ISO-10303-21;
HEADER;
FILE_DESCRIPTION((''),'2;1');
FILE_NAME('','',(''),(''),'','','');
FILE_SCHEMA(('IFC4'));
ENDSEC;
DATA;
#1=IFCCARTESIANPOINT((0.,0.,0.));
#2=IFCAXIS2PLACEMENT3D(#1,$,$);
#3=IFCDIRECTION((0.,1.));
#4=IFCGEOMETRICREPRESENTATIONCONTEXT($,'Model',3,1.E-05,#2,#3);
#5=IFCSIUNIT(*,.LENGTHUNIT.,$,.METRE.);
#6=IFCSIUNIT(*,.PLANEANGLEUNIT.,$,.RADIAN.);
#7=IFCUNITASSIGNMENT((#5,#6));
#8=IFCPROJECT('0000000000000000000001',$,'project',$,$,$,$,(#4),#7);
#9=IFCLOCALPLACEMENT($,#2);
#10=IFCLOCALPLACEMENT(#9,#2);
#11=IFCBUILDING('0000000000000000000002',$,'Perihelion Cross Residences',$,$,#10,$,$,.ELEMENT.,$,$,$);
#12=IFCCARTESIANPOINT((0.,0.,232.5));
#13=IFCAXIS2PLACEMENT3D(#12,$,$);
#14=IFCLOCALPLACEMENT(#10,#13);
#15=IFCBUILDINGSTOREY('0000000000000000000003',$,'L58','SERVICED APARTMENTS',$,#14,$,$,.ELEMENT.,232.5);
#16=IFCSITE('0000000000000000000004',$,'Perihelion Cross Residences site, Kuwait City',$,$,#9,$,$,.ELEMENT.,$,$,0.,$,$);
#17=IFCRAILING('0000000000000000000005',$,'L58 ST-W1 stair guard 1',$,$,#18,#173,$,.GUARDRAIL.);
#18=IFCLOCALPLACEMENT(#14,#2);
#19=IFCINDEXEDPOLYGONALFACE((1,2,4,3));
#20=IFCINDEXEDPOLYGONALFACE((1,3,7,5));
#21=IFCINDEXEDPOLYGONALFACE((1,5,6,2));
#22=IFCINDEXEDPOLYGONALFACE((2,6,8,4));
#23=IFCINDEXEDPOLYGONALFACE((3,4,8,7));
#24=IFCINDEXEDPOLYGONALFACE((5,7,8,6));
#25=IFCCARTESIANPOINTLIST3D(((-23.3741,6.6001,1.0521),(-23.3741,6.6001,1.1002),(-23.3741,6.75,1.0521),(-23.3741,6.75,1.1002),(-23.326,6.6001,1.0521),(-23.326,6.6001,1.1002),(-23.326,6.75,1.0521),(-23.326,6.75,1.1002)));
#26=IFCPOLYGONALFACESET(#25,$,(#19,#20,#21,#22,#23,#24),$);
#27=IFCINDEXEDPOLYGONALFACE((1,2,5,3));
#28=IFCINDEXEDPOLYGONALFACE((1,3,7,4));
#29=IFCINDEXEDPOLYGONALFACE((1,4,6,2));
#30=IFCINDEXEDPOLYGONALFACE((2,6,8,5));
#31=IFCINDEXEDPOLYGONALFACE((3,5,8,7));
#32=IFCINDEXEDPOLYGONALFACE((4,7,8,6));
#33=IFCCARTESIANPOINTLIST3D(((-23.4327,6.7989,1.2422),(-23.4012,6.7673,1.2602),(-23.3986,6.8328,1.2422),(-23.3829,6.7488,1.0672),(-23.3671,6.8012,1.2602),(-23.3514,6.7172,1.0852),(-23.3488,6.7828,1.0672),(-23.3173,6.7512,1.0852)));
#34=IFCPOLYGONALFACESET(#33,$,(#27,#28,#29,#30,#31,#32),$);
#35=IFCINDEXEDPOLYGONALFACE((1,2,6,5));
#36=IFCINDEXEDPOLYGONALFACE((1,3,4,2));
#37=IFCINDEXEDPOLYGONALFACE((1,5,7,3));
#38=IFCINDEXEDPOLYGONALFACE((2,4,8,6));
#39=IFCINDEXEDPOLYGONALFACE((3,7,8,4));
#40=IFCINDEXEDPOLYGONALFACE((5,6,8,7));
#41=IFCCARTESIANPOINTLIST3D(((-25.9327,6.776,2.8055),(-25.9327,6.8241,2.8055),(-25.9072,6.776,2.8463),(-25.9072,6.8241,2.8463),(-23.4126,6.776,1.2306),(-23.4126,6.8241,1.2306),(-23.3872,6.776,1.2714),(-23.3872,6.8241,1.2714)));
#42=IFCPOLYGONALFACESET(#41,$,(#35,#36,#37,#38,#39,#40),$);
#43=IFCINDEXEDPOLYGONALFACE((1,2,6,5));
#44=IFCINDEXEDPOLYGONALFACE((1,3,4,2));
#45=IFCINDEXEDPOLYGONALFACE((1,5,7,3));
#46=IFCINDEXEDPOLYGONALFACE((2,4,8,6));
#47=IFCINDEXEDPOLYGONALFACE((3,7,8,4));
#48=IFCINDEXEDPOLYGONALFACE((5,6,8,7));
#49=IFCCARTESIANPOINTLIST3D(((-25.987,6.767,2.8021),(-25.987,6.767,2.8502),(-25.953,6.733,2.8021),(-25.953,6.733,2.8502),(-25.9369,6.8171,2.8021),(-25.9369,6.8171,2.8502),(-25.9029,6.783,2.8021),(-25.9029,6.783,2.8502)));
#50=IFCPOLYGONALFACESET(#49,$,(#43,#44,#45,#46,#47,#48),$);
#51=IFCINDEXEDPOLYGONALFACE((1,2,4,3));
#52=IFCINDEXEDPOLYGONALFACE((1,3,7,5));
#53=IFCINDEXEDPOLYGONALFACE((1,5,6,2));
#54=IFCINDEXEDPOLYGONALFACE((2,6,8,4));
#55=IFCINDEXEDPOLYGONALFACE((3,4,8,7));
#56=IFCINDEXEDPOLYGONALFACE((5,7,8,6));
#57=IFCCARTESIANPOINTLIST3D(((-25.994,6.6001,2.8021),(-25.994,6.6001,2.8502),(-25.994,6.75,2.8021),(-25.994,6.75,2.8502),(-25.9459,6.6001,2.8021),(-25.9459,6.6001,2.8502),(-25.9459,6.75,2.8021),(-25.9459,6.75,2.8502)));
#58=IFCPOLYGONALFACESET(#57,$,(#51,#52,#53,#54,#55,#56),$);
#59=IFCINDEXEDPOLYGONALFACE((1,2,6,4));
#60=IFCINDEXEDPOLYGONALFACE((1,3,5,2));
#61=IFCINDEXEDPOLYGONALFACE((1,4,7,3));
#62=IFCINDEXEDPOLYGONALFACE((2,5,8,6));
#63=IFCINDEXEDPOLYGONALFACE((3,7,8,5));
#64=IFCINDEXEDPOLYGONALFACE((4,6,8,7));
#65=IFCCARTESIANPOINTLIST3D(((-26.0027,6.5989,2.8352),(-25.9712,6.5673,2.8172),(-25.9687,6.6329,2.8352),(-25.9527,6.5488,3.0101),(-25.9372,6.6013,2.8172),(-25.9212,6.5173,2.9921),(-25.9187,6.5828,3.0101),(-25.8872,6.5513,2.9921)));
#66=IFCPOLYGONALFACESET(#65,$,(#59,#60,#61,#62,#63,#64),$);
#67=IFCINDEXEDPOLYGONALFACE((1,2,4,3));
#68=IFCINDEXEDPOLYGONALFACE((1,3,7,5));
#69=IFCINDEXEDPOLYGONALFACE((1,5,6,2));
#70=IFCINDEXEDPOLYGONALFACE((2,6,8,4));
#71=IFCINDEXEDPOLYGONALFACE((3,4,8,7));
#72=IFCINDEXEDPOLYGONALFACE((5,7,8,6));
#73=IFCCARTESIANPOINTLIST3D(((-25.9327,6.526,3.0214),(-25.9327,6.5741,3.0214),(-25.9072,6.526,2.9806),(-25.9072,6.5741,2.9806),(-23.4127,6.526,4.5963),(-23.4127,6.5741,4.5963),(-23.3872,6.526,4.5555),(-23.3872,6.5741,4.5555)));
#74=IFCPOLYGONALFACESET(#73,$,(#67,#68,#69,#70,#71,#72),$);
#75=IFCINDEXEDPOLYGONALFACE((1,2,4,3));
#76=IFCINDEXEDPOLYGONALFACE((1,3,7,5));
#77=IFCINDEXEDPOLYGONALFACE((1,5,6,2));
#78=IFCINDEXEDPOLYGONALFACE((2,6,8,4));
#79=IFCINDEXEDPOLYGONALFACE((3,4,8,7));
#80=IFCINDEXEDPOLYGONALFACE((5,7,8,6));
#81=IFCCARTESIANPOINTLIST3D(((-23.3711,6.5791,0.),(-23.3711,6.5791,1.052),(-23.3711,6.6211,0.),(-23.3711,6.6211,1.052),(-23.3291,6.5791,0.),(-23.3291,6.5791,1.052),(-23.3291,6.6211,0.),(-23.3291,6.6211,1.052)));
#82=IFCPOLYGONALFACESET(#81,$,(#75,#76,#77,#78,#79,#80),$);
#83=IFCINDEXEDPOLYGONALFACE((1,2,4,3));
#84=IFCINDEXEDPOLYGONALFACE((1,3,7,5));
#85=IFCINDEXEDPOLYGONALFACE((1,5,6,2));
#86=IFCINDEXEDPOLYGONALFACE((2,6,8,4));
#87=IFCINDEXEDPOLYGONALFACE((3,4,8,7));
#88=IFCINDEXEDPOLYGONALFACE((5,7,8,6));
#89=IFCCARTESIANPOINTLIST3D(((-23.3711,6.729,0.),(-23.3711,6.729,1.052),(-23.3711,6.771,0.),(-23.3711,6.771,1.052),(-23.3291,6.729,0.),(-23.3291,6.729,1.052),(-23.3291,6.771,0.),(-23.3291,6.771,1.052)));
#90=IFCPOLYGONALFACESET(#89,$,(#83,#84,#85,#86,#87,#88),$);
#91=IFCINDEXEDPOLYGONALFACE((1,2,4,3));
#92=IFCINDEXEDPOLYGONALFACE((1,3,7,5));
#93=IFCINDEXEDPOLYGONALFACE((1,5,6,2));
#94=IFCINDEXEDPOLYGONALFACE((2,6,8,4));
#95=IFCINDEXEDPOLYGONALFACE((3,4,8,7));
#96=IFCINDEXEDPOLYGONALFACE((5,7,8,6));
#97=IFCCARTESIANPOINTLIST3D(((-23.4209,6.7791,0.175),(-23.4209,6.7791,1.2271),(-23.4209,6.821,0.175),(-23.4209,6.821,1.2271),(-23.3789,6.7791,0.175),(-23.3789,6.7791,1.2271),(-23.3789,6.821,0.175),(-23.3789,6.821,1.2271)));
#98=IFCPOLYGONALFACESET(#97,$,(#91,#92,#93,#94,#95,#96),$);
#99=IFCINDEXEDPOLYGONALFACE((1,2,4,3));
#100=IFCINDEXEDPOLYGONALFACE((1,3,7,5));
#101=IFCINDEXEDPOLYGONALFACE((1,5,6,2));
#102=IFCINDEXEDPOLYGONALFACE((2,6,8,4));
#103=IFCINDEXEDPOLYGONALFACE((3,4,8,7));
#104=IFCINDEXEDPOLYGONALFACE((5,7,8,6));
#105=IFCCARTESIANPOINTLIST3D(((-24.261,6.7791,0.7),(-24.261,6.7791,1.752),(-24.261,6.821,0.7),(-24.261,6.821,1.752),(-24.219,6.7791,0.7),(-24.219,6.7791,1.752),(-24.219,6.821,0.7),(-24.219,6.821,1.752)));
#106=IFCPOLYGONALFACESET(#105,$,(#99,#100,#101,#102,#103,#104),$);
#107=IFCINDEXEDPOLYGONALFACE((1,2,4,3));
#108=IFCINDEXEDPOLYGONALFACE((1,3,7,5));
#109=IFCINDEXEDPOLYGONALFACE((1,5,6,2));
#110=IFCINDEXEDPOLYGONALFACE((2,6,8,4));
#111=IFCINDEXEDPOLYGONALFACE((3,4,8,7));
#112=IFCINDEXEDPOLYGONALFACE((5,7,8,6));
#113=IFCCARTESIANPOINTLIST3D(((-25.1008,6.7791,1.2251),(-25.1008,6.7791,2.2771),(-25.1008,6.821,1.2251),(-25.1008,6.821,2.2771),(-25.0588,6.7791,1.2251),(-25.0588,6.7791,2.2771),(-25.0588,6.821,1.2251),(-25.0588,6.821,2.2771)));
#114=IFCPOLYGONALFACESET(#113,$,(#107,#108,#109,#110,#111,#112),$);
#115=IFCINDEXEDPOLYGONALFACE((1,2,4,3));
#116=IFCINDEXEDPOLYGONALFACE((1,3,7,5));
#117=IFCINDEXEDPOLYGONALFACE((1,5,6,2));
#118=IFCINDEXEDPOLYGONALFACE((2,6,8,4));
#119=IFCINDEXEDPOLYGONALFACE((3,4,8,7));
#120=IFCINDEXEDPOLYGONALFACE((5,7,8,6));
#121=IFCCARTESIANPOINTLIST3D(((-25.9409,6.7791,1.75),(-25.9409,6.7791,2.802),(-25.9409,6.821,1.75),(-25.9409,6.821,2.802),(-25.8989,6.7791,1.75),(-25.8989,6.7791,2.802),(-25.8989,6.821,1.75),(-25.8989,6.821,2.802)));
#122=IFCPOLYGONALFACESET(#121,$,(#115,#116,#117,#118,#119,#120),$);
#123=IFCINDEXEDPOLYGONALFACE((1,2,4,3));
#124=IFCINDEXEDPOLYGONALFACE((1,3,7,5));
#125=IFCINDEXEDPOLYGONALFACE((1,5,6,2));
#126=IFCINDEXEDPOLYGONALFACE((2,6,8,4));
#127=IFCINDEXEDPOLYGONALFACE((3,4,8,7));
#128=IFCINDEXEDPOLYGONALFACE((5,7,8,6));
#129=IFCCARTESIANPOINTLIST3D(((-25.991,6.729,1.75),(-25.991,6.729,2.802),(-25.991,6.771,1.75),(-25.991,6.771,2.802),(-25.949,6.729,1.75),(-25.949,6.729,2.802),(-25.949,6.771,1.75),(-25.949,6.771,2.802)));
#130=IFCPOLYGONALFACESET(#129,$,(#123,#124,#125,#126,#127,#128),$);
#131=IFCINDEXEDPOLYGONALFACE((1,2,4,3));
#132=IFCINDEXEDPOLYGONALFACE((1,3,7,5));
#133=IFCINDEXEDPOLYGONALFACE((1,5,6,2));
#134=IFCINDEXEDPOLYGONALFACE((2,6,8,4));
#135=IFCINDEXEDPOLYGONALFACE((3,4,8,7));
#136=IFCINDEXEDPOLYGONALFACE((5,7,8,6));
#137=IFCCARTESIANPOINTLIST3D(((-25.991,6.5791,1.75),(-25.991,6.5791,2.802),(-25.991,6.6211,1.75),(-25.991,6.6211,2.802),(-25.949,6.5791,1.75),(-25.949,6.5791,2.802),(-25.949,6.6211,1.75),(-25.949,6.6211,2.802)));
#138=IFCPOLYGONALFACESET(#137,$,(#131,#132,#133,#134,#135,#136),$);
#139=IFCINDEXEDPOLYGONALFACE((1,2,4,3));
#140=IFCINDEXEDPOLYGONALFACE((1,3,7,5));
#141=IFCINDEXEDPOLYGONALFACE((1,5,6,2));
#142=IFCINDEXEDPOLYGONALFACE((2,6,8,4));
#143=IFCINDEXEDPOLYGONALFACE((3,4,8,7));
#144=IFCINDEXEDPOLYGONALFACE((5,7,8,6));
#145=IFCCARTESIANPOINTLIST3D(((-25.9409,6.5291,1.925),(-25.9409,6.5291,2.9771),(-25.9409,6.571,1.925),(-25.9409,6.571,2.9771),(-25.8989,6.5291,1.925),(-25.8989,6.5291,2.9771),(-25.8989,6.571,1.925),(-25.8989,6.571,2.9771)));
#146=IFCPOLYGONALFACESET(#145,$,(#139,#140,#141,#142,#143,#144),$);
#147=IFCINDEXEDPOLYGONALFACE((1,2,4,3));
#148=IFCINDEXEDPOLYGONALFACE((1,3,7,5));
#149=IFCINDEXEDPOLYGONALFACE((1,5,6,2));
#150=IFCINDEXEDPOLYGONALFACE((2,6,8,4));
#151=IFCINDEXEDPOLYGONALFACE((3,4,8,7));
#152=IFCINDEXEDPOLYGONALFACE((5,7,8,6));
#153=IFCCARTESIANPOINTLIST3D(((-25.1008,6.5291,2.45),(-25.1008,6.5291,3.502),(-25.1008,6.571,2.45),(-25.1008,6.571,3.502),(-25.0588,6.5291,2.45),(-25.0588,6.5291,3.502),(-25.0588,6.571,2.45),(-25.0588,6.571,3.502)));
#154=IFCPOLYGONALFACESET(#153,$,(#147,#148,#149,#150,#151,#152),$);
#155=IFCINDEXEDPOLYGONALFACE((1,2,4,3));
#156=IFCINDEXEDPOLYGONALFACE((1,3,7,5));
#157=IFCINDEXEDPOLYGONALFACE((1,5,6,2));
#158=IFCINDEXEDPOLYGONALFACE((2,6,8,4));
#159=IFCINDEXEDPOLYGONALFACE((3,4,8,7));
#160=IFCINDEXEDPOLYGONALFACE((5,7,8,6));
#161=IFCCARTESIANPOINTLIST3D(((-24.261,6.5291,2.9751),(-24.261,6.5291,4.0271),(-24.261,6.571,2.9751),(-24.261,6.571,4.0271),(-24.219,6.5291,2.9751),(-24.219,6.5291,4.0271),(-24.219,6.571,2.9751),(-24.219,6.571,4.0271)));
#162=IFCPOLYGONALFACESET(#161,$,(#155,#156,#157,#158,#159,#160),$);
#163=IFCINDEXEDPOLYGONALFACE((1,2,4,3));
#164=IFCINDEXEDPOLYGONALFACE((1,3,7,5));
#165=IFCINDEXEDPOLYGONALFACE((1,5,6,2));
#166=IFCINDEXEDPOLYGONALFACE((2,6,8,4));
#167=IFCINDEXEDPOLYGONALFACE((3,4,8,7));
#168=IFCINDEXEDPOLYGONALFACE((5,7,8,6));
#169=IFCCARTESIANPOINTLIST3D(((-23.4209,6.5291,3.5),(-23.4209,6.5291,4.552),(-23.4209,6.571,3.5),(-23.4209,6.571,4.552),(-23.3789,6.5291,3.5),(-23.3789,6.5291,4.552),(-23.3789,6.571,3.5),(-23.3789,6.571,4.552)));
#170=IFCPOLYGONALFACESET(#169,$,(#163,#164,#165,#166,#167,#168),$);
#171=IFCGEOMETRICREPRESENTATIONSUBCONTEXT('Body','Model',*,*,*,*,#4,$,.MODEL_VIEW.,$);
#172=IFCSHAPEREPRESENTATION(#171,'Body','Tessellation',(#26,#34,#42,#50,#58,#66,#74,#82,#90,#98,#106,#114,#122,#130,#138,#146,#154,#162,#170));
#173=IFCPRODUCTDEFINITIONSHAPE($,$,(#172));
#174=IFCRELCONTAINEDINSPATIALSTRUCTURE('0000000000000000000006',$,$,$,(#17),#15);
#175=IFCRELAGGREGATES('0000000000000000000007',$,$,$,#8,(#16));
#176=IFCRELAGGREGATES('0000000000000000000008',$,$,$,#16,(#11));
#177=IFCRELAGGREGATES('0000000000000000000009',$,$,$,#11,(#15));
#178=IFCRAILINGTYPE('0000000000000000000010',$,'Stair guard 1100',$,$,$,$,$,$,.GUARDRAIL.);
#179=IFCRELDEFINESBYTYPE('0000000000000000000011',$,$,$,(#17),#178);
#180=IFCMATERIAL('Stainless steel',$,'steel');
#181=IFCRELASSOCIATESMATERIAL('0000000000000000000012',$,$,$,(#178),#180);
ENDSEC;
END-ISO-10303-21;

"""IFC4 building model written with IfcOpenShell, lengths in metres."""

from ifc_helpers import new_model, si_unit, direction, frame, origin, origin_2d, place, context, subcontext, project, spatial, rectangle, extrude, material, type_object, element, save


model = new_model("IFC4")

# Units and contexts
model_context = context("Model", 3, precision=1e-05, world=origin(), true_north=direction((0.0, 1.0)))
body_context = subcontext(model_context, "Body", "Model", "MODEL_VIEW")
ifc_project = project(units=[si_unit("LENGTHUNIT", "METRE"), si_unit("PLANEANGLEUNIT", "RADIAN")], contexts=[model_context])

# Site, building, storey
site_placement = place(None, origin())
site = spatial("IfcSite", under=ifc_project, at=site_placement, Name="Perihelion Cross Residences site, Kuwait City", CompositionType="ELEMENT", RefElevation=0.0)
building_placement = place(site_placement, origin())
building = spatial("IfcBuilding", under=site, at=building_placement, Name="Perihelion Cross Residences", CompositionType="ELEMENT")
storey_placement = place(building_placement, frame((0.0, 0.0, 232.5)))
storey = spatial("IfcBuildingStorey", under=building, at=storey_placement, Name="L58", Description="SERVICED APARTMENTS", CompositionType="ELEMENT", Elevation=232.5)

# Railing
ifc_material_1 = material(Name="Stainless steel", Category="steel")
railing_type_1 = type_object("IfcRailingType", Name="Stair guard 1100", PredefinedType="GUARDRAIL", material=ifc_material_1)
railing_1_placement = place(storey_placement, frame((-23.3501, 6.6001, 0.0)))
element("IfcRailing", 1, at=railing_1_placement, inside=storey, type_object=railing_type_1, Name="L58 ST-W1 stair guard 1", PredefinedType="GUARDRAIL", context=body_context, shape_type="SweptSolid", body=[
    extrude(rectangle(XDim=0.0481, YDim=0.0481, at=origin_2d()), frame((0.0, 0.0, 1.0762), z_axis=(0.0, 1.0, 0.0), x_axis=(-1.0, 0.0, 0.0)), (0.0, 0.0, 1.0), 0.1499),
    extrude(rectangle(XDim=0.0481, YDim=0.0481, at=origin_2d()), frame((0.0, 0.1499, 1.0762), z_axis=(-0.263862, 0.265156, 0.927399), x_axis=(-0.708834, -0.705376, 0.0)), (0.0, 0.0, 1.0), 0.1887),
    extrude(rectangle(XDim=0.0481, YDim=0.0481, at=origin_2d()), frame((-0.0498, 0.2, 1.251), z_axis=(-0.848008, 0.0, 0.529984), x_axis=(0.0, -1.0, 0.0)), (0.0, 0.0, 1.0), 2.9717),
    extrude(rectangle(XDim=0.0481, YDim=0.0481, at=origin_2d()), frame((-2.5698, 0.2, 2.8262), z_axis=(-0.707107, -0.707107, 0.0), x_axis=(0.707107, -0.707107, 0.0)), (0.0, 0.0, 1.0), 0.0708),
    extrude(rectangle(XDim=0.0481, YDim=0.0481, at=origin_2d()), frame((-2.6199, 0.1499, 2.8262), z_axis=(0.0, -1.0, 0.0), x_axis=(1.0, 0.0, 0.0)), (0.0, 0.0, 1.0), 0.1499),
    extrude(rectangle(XDim=0.0481, YDim=0.0481, at=origin_2d()), frame((-2.6199, 0.0, 2.8262), z_axis=(0.265065, -0.265065, 0.927082), x_axis=(0.707107, 0.707107, 0.0)), (0.0, 0.0, 1.0), 0.1887),
    extrude(rectangle(XDim=0.0481, YDim=0.0481, at=origin_2d()), frame((-2.5698, -0.05, 3.001), z_axis=(0.848008, 0.0, 0.529984), x_axis=(0.0, 1.0, 0.0)), (0.0, 0.0, 1.0), 2.9717),
    extrude(rectangle(XDim=0.042, YDim=0.042, at=origin_2d()), origin(), (0.0, 0.0, 1.0), 1.052),
    extrude(rectangle(XDim=0.042, YDim=0.042, at=origin_2d()), frame((0.0, 0.1499, 0.0)), (0.0, 0.0, 1.0), 1.052),
    extrude(rectangle(XDim=0.042, YDim=0.042, at=origin_2d()), frame((-0.0498, 0.2, 0.175)), (0.0, 0.0, 1.0), 1.052),
    extrude(rectangle(XDim=0.042, YDim=0.042, at=origin_2d()), frame((-0.8899, 0.2, 0.7)), (0.0, 0.0, 1.0), 1.052),
    extrude(rectangle(XDim=0.042, YDim=0.042, at=origin_2d()), frame((-1.7297, 0.2, 1.2251)), (0.0, 0.0, 1.0), 1.052),
    extrude(rectangle(XDim=0.042, YDim=0.042, at=origin_2d()), frame((-2.5698, 0.2, 1.75)), (0.0, 0.0, 1.0), 1.052),
    extrude(rectangle(XDim=0.042, YDim=0.042, at=origin_2d()), frame((-2.6199, 0.1499, 1.75)), (0.0, 0.0, 1.0), 1.052),
    extrude(rectangle(XDim=0.042, YDim=0.042, at=origin_2d()), frame((-2.6199, 0.0, 1.75)), (0.0, 0.0, 1.0), 1.052),
    extrude(rectangle(XDim=0.042, YDim=0.042, at=origin_2d()), frame((-2.5698, -0.05, 1.925)), (0.0, 0.0, 1.0), 1.052),
    extrude(rectangle(XDim=0.042, YDim=0.042, at=origin_2d()), frame((-1.7297, -0.05, 2.45)), (0.0, 0.0, 1.0), 1.052),
    extrude(rectangle(XDim=0.042, YDim=0.042, at=origin_2d()), frame((-0.8899, -0.05, 2.9751)), (0.0, 0.0, 1.0), 1.052),
    extrude(rectangle(XDim=0.042, YDim=0.042, at=origin_2d()), frame((-0.0498, -0.05, 3.5)), (0.0, 0.0, 1.0), 1.052),
])

save(model, "model.ifc")
